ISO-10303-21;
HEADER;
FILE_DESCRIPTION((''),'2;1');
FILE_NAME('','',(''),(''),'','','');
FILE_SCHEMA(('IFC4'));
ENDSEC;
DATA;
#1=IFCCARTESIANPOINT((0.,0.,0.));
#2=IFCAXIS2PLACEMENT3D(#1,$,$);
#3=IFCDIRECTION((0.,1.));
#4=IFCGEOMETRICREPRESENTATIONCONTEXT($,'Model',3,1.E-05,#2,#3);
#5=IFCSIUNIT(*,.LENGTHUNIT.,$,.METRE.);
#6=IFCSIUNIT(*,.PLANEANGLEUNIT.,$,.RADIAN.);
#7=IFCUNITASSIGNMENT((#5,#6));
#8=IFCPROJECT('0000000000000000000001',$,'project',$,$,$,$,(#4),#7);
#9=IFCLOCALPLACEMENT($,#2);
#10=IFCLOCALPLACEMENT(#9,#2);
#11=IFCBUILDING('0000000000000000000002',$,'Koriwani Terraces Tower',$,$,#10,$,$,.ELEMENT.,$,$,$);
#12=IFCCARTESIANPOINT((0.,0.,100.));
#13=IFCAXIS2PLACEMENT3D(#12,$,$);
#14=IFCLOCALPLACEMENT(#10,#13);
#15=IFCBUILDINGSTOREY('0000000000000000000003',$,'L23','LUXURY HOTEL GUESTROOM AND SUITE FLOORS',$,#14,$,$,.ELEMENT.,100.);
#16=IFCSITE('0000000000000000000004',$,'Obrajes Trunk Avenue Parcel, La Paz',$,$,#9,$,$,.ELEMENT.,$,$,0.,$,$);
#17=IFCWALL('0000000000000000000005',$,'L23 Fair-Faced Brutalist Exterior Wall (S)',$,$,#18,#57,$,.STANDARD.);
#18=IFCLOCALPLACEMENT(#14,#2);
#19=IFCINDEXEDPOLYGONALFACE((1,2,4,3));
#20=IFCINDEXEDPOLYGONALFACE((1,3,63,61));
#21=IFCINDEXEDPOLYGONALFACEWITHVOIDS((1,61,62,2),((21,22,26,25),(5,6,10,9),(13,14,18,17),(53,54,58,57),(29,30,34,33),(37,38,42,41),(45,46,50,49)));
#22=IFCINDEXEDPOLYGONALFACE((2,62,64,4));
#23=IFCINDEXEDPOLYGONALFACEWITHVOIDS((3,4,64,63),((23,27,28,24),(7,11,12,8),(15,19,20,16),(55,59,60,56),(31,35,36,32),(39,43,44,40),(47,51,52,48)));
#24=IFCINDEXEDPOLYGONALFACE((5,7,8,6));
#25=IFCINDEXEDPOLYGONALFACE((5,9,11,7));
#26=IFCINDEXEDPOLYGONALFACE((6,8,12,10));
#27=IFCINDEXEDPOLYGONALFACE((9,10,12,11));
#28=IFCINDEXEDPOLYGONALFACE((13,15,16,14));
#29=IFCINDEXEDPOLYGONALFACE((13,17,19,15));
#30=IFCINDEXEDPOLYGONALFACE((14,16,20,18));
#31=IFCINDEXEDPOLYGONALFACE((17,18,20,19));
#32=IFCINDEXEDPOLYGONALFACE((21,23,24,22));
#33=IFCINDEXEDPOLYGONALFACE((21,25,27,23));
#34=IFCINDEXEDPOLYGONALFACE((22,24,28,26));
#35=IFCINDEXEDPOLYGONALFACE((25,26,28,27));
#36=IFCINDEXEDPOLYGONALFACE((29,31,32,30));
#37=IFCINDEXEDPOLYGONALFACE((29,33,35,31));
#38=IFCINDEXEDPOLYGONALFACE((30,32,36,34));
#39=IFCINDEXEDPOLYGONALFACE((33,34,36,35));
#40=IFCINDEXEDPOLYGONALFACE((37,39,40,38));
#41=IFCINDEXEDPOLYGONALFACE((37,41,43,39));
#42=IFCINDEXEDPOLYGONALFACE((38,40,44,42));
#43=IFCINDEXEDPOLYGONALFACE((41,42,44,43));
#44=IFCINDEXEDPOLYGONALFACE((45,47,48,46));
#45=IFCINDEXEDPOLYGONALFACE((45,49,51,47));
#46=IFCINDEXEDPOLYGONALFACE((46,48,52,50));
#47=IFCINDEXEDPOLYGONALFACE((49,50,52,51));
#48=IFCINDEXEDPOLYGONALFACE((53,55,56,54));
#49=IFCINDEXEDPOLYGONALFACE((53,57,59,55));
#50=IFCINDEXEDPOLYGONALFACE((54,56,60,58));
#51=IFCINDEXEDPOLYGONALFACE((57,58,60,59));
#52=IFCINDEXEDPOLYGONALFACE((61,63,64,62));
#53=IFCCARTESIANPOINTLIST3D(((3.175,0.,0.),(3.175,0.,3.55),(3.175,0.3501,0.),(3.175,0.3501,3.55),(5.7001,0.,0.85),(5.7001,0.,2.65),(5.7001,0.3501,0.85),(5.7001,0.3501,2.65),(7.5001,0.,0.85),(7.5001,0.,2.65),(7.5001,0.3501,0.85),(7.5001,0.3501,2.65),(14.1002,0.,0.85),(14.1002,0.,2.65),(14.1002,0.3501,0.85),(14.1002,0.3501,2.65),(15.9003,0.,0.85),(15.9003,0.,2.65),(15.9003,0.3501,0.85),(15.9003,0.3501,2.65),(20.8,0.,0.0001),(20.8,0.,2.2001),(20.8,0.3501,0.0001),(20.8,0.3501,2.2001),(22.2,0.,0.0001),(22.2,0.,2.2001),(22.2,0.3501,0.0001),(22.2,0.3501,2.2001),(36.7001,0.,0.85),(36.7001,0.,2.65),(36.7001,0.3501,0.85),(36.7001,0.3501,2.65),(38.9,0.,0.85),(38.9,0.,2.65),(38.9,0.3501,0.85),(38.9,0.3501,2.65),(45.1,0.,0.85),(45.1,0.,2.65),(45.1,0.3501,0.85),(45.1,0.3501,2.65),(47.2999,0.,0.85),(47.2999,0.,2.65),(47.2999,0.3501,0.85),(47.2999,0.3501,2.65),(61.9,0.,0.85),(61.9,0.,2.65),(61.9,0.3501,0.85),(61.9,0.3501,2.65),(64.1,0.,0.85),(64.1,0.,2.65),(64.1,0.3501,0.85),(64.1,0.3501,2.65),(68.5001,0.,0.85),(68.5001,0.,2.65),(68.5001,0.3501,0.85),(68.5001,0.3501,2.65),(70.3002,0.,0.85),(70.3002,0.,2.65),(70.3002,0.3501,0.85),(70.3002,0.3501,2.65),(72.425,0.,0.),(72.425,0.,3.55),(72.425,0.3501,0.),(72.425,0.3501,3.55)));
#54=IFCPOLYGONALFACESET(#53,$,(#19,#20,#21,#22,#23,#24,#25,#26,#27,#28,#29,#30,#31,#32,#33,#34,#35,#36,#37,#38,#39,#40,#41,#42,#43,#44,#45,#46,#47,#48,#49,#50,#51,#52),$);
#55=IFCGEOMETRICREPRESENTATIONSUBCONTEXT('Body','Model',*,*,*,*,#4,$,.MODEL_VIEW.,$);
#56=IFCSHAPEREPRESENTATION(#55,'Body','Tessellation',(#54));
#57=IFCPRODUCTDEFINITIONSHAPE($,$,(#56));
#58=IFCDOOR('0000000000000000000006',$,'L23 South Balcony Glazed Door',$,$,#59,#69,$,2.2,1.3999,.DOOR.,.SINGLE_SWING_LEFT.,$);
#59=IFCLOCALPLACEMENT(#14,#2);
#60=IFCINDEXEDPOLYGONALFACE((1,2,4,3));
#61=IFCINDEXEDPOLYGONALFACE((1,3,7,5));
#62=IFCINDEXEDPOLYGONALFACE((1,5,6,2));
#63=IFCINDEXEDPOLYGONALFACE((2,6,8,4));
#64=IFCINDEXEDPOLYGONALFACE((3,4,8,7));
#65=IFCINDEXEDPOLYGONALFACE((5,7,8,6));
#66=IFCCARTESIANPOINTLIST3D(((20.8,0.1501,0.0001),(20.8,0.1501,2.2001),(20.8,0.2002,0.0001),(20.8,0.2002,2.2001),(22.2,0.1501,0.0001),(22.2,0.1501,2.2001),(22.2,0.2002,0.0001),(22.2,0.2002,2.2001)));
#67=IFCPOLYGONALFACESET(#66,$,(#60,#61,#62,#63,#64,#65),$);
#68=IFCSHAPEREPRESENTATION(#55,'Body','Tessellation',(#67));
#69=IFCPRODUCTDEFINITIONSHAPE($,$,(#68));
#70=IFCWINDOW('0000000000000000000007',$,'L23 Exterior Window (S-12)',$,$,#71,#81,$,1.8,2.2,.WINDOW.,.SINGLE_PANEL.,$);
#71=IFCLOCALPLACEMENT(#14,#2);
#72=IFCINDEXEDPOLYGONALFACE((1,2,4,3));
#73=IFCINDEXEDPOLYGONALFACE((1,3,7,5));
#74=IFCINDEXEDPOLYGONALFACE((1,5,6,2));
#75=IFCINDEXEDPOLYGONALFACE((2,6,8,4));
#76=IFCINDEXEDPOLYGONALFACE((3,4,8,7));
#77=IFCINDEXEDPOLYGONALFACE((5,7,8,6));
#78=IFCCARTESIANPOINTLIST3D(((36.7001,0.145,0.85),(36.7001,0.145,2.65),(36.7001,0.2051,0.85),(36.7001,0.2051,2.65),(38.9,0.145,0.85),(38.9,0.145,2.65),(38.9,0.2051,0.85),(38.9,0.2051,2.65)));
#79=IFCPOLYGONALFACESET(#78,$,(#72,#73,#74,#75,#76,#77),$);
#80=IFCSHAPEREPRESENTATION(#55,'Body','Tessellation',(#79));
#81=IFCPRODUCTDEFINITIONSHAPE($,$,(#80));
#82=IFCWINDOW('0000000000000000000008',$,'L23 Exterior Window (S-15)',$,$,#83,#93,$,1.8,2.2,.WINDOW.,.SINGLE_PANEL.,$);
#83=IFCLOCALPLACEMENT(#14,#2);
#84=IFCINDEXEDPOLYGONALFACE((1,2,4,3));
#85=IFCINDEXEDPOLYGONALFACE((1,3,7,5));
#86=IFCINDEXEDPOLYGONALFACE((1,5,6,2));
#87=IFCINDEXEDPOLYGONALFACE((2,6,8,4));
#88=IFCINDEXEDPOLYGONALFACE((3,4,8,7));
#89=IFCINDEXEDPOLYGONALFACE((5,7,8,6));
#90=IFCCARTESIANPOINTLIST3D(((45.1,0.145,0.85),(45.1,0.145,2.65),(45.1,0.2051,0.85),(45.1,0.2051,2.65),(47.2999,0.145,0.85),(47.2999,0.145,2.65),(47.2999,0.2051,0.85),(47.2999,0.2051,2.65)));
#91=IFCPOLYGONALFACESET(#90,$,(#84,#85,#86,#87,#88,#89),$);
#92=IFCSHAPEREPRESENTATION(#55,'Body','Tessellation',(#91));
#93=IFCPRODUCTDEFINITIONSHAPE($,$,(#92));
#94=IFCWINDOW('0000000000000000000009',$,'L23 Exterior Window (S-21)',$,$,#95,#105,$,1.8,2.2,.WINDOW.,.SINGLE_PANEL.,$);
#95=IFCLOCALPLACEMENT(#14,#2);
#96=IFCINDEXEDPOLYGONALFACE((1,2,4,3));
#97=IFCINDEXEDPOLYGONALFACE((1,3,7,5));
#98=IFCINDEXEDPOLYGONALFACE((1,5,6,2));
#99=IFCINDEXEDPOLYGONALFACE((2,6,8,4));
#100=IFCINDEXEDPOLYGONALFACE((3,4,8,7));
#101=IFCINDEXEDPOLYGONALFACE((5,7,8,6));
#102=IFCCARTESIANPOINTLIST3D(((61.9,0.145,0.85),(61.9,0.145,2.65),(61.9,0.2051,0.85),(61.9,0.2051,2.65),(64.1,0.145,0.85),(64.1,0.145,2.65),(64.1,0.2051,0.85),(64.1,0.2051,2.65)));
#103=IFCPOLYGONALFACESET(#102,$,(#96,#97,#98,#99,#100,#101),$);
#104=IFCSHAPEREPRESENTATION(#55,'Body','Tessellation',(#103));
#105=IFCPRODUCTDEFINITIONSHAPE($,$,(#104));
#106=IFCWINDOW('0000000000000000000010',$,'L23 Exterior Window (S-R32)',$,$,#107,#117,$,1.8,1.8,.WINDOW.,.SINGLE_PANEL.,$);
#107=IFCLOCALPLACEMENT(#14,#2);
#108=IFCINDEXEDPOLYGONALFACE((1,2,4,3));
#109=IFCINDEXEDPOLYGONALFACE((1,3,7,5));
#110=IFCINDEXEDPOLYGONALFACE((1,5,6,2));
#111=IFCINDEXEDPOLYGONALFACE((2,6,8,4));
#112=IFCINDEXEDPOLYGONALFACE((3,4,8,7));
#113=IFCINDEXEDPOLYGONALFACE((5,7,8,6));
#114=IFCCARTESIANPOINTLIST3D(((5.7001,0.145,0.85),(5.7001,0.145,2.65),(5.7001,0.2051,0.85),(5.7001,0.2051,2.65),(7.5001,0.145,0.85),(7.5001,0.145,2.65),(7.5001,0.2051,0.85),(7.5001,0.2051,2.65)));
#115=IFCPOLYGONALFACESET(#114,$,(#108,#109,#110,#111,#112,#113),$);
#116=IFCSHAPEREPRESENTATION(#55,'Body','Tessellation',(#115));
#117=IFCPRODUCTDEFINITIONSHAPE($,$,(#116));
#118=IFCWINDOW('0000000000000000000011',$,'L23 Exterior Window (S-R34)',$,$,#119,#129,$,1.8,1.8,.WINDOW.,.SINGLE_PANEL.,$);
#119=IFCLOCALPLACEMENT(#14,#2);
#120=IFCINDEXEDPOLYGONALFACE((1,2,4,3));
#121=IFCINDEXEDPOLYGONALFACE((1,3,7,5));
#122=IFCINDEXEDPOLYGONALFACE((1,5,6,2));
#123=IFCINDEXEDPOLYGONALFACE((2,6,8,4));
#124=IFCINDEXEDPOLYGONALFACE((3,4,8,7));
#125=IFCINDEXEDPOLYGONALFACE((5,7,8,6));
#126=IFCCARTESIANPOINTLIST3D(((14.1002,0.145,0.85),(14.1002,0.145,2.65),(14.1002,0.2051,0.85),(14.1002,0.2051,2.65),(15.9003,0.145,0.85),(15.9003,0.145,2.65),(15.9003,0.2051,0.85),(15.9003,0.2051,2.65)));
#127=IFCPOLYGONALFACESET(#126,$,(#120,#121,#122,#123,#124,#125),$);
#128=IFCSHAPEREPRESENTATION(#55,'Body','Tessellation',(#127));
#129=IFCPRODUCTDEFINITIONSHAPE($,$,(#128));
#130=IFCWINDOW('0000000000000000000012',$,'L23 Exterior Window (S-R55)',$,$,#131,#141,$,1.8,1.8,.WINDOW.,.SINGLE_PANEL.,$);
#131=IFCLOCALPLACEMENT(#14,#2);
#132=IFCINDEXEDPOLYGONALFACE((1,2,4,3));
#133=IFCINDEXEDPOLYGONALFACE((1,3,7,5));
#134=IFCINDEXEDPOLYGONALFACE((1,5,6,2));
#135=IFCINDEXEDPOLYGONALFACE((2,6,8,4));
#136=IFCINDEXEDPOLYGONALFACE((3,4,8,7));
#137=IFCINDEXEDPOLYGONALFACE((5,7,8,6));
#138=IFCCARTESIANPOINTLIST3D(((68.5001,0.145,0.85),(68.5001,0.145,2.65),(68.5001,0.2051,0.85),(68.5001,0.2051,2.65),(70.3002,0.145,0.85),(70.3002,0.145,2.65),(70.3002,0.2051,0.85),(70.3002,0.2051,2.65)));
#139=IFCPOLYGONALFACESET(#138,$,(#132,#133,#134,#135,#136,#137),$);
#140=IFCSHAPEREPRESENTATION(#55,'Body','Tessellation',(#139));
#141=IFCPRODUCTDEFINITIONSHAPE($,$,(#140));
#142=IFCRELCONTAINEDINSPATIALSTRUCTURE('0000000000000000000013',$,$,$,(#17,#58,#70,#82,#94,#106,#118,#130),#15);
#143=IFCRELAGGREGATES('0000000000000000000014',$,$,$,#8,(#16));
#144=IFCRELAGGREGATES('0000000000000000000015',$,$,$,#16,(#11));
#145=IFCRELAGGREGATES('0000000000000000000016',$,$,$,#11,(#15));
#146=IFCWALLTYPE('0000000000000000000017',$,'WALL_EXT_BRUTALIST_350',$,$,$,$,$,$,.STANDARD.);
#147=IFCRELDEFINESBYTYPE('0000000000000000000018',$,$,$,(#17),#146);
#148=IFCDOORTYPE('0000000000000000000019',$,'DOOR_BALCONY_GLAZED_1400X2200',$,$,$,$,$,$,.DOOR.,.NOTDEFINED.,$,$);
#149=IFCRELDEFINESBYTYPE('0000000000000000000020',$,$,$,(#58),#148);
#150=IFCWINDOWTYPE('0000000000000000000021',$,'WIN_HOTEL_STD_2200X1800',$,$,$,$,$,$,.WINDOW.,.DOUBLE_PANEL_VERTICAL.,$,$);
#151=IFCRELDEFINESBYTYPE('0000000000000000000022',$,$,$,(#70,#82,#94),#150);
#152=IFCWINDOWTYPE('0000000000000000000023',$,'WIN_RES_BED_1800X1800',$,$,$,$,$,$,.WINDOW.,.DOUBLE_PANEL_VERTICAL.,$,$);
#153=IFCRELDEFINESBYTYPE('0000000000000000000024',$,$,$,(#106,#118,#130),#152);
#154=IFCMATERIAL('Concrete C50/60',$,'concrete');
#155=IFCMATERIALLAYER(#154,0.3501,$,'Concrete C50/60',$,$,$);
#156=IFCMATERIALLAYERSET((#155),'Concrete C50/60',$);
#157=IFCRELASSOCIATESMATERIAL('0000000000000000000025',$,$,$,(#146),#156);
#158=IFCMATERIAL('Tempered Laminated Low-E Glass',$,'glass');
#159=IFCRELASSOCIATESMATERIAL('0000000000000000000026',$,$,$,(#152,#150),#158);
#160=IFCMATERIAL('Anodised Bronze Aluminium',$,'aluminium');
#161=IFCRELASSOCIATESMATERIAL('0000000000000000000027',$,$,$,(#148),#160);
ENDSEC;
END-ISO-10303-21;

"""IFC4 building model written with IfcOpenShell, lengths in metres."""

from ifc_helpers import new_model, si_unit, direction, frame, frame_2d, origin, place, context, subcontext, project, spatial, rectangle, extrude, material, layer, layer_set, type_object, element, fill, save


model = new_model("IFC4")

# Units and contexts
model_context = context("Model", 3, precision=1e-05, world=origin(), true_north=direction((0.0, 1.0)))
body_context = subcontext(model_context, "Body", "Model", "MODEL_VIEW")
ifc_project = project(units=[si_unit("LENGTHUNIT", "METRE"), si_unit("PLANEANGLEUNIT", "RADIAN")], contexts=[model_context])

# Site, building, storey
site_placement = place(None, origin())
site = spatial("IfcSite", under=ifc_project, at=site_placement, Name="Obrajes Trunk Avenue Parcel, La Paz", CompositionType="ELEMENT", RefElevation=0.0)
building_placement = place(site_placement, origin())
building = spatial("IfcBuilding", under=site, at=building_placement, Name="Koriwani Terraces Tower", CompositionType="ELEMENT")
storey_placement = place(building_placement, frame((0.0, 0.0, 100.0)))
storey = spatial("IfcBuildingStorey", under=building, at=storey_placement, Name="L23", Description="LUXURY HOTEL GUESTROOM AND SUITE FLOORS", CompositionType="ELEMENT", Elevation=100.0)

# Shared definitions
ifc_material_1 = material(Name="Concrete C50/60", Category="concrete")

# Shared definitions
ifc_layer_1 = layer(ifc_material_1, 0.3501, Name="Concrete C50/60")
ifc_layer_set_1 = layer_set([ifc_layer_1], Name="Concrete C50/60")
wall_type_1 = type_object("IfcWallType", Name="WALL_EXT_BRUTALIST_350", PredefinedType="STANDARD", material=ifc_layer_set_1)

# Shared definitions
ifc_material_2 = material(Name="Tempered Laminated Low-E Glass", Category="glass")
window_type_1 = type_object("IfcWindowType", Name="WIN_RES_BED_1800X1800", PartitioningType="DOUBLE_PANEL_VERTICAL", PredefinedType="WINDOW", material=ifc_material_2)

# Wall, openings, door, windows
wall_1_placement = place(storey_placement, frame((72.425, 0.175, 0.0), z_axis=(0.0, 0.0, 1.0), x_axis=(-1.0, 0.0, 0.0)))
wall_1 = element("IfcWall", 1, at=wall_1_placement, inside=storey, type_object=wall_type_1, Name="L23 Fair-Faced Brutalist Exterior Wall (S)", PredefinedType="STANDARD", context=body_context, shape_type="SweptSolid", body=[
    extrude(rectangle(XDim=69.25, YDim=0.3501, at=frame_2d((34.625, 0.0))), origin(), (0.0, 0.0, 1.0), 3.55),
])
opening_1_placement = place(wall_1_placement, frame((50.2251, 0.0, 0.0)))
opening_1 = element("IfcOpeningElement", 2, at=opening_1_placement, cuts=wall_1, PredefinedType="OPENING", context=body_context, shape_type="SweptSolid", body=[
    extrude(rectangle(XDim=1.3999, YDim=2.2, at=frame_2d((0.7, 1.1001))), frame((0.0, 0.1851, 0.0), z_axis=(0.0, -1.0, 0.0), x_axis=(1.0, 0.0, 0.0)), (0.0, 0.0, 1.0), 0.3701),
])
opening_2_placement = place(wall_1_placement, frame((33.5249, 0.0, 0.8501)))
opening_2 = element("IfcOpeningElement", 3, at=opening_2_placement, cuts=wall_1, PredefinedType="OPENING", context=body_context, shape_type="SweptSolid", body=[
    extrude(rectangle(XDim=2.2, YDim=1.8, at=frame_2d((1.1001, 0.8999))), frame((0.0, 0.1851, 0.0), z_axis=(0.0, -1.0, 0.0), x_axis=(1.0, 0.0, 0.0)), (0.0, 0.0, 1.0), 0.3701),
])
opening_3_placement = place(wall_1_placement, frame((25.125, 0.0, 0.8501)))
opening_3 = element("IfcOpeningElement", 4, at=opening_3_placement, cuts=wall_1, PredefinedType="OPENING", context=body_context, shape_type="SweptSolid", body=[
    extrude(rectangle(XDim=2.2, YDim=1.8, at=frame_2d((1.1001, 0.8999))), frame((0.0, 0.1851, 0.0), z_axis=(0.0, -1.0, 0.0), x_axis=(1.0, 0.0, 0.0)), (0.0, 0.0, 1.0), 0.3701),
])
opening_4_placement = place(wall_1_placement, frame((8.325, 0.0, 0.8501)))
opening_4 = element("IfcOpeningElement", 5, at=opening_4_placement, cuts=wall_1, PredefinedType="OPENING", context=body_context, shape_type="SweptSolid", body=[
    extrude(rectangle(XDim=2.2, YDim=1.8, at=frame_2d((1.1001, 0.8999))), frame((0.0, 0.1851, 0.0), z_axis=(0.0, -1.0, 0.0), x_axis=(1.0, 0.0, 0.0)), (0.0, 0.0, 1.0), 0.3701),
])
opening_5_placement = place(wall_1_placement, frame((64.925, 0.0, 0.8501)))
opening_5 = element("IfcOpeningElement", 6, at=opening_5_placement, cuts=wall_1, PredefinedType="OPENING", context=body_context, shape_type="SweptSolid", body=[
    extrude(rectangle(XDim=1.8, YDim=1.8, at=frame_2d((0.8999, 0.8999))), frame((0.0, 0.1851, 0.0), z_axis=(0.0, -1.0, 0.0), x_axis=(1.0, 0.0, 0.0)), (0.0, 0.0, 1.0), 0.3701),
])
opening_6_placement = place(wall_1_placement, frame((56.5249, 0.0, 0.8501)))
opening_6 = element("IfcOpeningElement", 7, at=opening_6_placement, cuts=wall_1, PredefinedType="OPENING", context=body_context, shape_type="SweptSolid", body=[
    extrude(rectangle(XDim=1.8, YDim=1.8, at=frame_2d((0.8999, 0.8999))), frame((0.0, 0.1851, 0.0), z_axis=(0.0, -1.0, 0.0), x_axis=(1.0, 0.0, 0.0)), (0.0, 0.0, 1.0), 0.3701),
])
opening_7_placement = place(wall_1_placement, frame((2.125, 0.0, 0.8501)))
opening_7 = element("IfcOpeningElement", 8, at=opening_7_placement, cuts=wall_1, PredefinedType="OPENING", context=body_context, shape_type="SweptSolid", body=[
    extrude(rectangle(XDim=1.8, YDim=1.8, at=frame_2d((0.8999, 0.8999))), frame((0.0, 0.1851, 0.0), z_axis=(0.0, -1.0, 0.0), x_axis=(1.0, 0.0, 0.0)), (0.0, 0.0, 1.0), 0.3701),
])
ifc_material_3 = material(Name="Anodised Bronze Aluminium", Category="aluminium")
door_type = type_object("IfcDoorType", Name="DOOR_BALCONY_GLAZED_1400X2200", OperationType="NOTDEFINED", PredefinedType="DOOR", material=ifc_material_3)
door_placement = place(opening_1_placement, origin())
door = element("IfcDoor", 9, at=door_placement, inside=storey, type_object=door_type, Name="L23 South Balcony Glazed Door", OperationType="SINGLE_SWING_LEFT", OverallHeight=2.2, OverallWidth=1.3999, PredefinedType="DOOR", context=body_context, shape_type="SweptSolid", body=[
    extrude(rectangle(XDim=1.3999, YDim=2.2, at=frame_2d((0.7, 1.1001))), frame((0.0, 0.0249, 0.0), z_axis=(0.0, -1.0, 0.0), x_axis=(1.0, 0.0, 0.0)), (0.0, 0.0, 1.0), 0.05),
])
fill(opening_1, door)
window_type_2 = type_object("IfcWindowType", Name="WIN_HOTEL_STD_2200X1800", PartitioningType="DOUBLE_PANEL_VERTICAL", PredefinedType="WINDOW", material=ifc_material_2)
window_1_placement = place(opening_2_placement, origin())
window_1 = element("IfcWindow", 10, at=window_1_placement, inside=storey, type_object=window_type_2, Name="L23 Exterior Window (S-12)", OverallHeight=1.8, OverallWidth=2.2, PartitioningType="SINGLE_PANEL", PredefinedType="WINDOW", context=body_context, shape_type="SweptSolid", body=[
    extrude(rectangle(XDim=2.2, YDim=1.8, at=frame_2d((1.1001, 0.8999))), frame((0.0, 0.03, 0.0), z_axis=(0.0, -1.0, 0.0), x_axis=(1.0, 0.0, 0.0)), (0.0, 0.0, 1.0), 0.0601),
])
fill(opening_2, window_1)
window_2_placement = place(opening_3_placement, origin())
window_2 = element("IfcWindow", 11, at=window_2_placement, inside=storey, type_object=window_type_2, Name="L23 Exterior Window (S-15)", OverallHeight=1.8, OverallWidth=2.2, PartitioningType="SINGLE_PANEL", PredefinedType="WINDOW", context=body_context, shape_type="SweptSolid", body=[
    extrude(rectangle(XDim=2.2, YDim=1.8, at=frame_2d((1.1001, 0.8999))), frame((0.0, 0.03, 0.0), z_axis=(0.0, -1.0, 0.0), x_axis=(1.0, 0.0, 0.0)), (0.0, 0.0, 1.0), 0.0601),
])
fill(opening_3, window_2)
window_3_placement = place(opening_4_placement, origin())
window_3 = element("IfcWindow", 12, at=window_3_placement, inside=storey, type_object=window_type_2, Name="L23 Exterior Window (S-21)", OverallHeight=1.8, OverallWidth=2.2, PartitioningType="SINGLE_PANEL", PredefinedType="WINDOW", context=body_context, shape_type="SweptSolid", body=[
    extrude(rectangle(XDim=2.2, YDim=1.8, at=frame_2d((1.1001, 0.8999))), frame((0.0, 0.03, 0.0), z_axis=(0.0, -1.0, 0.0), x_axis=(1.0, 0.0, 0.0)), (0.0, 0.0, 1.0), 0.0601),
])
fill(opening_4, window_3)
window_4_placement = place(opening_5_placement, origin())
window_4 = element("IfcWindow", 13, at=window_4_placement, inside=storey, type_object=window_type_1, Name="L23 Exterior Window (S-R32)", OverallHeight=1.8, OverallWidth=1.8, PartitioningType="SINGLE_PANEL", PredefinedType="WINDOW", context=body_context, shape_type="SweptSolid", body=[
    extrude(rectangle(XDim=1.8, YDim=1.8, at=frame_2d((0.8999, 0.8999))), frame((0.0, 0.03, 0.0), z_axis=(0.0, -1.0, 0.0), x_axis=(1.0, 0.0, 0.0)), (0.0, 0.0, 1.0), 0.0601),
])
fill(opening_5, window_4)
window_5_placement = place(opening_6_placement, origin())
window_5 = element("IfcWindow", 14, at=window_5_placement, inside=storey, type_object=window_type_1, Name="L23 Exterior Window (S-R34)", OverallHeight=1.8, OverallWidth=1.8, PartitioningType="SINGLE_PANEL", PredefinedType="WINDOW", context=body_context, shape_type="SweptSolid", body=[
    extrude(rectangle(XDim=1.8, YDim=1.8, at=frame_2d((0.8999, 0.8999))), frame((0.0, 0.03, 0.0), z_axis=(0.0, -1.0, 0.0), x_axis=(1.0, 0.0, 0.0)), (0.0, 0.0, 1.0), 0.0601),
])
fill(opening_6, window_5)
window_6_placement = place(opening_7_placement, origin())
window_6 = element("IfcWindow", 15, at=window_6_placement, inside=storey, type_object=window_type_1, Name="L23 Exterior Window (S-R55)", OverallHeight=1.8, OverallWidth=1.8, PartitioningType="SINGLE_PANEL", PredefinedType="WINDOW", context=body_context, shape_type="SweptSolid", body=[
    extrude(rectangle(XDim=1.8, YDim=1.8, at=frame_2d((0.8999, 0.8999))), frame((0.0, 0.03, 0.0), z_axis=(0.0, -1.0, 0.0), x_axis=(1.0, 0.0, 0.0)), (0.0, 0.0, 1.0), 0.0601),
])
fill(opening_7, window_6)

save(model, "model.ifc")
